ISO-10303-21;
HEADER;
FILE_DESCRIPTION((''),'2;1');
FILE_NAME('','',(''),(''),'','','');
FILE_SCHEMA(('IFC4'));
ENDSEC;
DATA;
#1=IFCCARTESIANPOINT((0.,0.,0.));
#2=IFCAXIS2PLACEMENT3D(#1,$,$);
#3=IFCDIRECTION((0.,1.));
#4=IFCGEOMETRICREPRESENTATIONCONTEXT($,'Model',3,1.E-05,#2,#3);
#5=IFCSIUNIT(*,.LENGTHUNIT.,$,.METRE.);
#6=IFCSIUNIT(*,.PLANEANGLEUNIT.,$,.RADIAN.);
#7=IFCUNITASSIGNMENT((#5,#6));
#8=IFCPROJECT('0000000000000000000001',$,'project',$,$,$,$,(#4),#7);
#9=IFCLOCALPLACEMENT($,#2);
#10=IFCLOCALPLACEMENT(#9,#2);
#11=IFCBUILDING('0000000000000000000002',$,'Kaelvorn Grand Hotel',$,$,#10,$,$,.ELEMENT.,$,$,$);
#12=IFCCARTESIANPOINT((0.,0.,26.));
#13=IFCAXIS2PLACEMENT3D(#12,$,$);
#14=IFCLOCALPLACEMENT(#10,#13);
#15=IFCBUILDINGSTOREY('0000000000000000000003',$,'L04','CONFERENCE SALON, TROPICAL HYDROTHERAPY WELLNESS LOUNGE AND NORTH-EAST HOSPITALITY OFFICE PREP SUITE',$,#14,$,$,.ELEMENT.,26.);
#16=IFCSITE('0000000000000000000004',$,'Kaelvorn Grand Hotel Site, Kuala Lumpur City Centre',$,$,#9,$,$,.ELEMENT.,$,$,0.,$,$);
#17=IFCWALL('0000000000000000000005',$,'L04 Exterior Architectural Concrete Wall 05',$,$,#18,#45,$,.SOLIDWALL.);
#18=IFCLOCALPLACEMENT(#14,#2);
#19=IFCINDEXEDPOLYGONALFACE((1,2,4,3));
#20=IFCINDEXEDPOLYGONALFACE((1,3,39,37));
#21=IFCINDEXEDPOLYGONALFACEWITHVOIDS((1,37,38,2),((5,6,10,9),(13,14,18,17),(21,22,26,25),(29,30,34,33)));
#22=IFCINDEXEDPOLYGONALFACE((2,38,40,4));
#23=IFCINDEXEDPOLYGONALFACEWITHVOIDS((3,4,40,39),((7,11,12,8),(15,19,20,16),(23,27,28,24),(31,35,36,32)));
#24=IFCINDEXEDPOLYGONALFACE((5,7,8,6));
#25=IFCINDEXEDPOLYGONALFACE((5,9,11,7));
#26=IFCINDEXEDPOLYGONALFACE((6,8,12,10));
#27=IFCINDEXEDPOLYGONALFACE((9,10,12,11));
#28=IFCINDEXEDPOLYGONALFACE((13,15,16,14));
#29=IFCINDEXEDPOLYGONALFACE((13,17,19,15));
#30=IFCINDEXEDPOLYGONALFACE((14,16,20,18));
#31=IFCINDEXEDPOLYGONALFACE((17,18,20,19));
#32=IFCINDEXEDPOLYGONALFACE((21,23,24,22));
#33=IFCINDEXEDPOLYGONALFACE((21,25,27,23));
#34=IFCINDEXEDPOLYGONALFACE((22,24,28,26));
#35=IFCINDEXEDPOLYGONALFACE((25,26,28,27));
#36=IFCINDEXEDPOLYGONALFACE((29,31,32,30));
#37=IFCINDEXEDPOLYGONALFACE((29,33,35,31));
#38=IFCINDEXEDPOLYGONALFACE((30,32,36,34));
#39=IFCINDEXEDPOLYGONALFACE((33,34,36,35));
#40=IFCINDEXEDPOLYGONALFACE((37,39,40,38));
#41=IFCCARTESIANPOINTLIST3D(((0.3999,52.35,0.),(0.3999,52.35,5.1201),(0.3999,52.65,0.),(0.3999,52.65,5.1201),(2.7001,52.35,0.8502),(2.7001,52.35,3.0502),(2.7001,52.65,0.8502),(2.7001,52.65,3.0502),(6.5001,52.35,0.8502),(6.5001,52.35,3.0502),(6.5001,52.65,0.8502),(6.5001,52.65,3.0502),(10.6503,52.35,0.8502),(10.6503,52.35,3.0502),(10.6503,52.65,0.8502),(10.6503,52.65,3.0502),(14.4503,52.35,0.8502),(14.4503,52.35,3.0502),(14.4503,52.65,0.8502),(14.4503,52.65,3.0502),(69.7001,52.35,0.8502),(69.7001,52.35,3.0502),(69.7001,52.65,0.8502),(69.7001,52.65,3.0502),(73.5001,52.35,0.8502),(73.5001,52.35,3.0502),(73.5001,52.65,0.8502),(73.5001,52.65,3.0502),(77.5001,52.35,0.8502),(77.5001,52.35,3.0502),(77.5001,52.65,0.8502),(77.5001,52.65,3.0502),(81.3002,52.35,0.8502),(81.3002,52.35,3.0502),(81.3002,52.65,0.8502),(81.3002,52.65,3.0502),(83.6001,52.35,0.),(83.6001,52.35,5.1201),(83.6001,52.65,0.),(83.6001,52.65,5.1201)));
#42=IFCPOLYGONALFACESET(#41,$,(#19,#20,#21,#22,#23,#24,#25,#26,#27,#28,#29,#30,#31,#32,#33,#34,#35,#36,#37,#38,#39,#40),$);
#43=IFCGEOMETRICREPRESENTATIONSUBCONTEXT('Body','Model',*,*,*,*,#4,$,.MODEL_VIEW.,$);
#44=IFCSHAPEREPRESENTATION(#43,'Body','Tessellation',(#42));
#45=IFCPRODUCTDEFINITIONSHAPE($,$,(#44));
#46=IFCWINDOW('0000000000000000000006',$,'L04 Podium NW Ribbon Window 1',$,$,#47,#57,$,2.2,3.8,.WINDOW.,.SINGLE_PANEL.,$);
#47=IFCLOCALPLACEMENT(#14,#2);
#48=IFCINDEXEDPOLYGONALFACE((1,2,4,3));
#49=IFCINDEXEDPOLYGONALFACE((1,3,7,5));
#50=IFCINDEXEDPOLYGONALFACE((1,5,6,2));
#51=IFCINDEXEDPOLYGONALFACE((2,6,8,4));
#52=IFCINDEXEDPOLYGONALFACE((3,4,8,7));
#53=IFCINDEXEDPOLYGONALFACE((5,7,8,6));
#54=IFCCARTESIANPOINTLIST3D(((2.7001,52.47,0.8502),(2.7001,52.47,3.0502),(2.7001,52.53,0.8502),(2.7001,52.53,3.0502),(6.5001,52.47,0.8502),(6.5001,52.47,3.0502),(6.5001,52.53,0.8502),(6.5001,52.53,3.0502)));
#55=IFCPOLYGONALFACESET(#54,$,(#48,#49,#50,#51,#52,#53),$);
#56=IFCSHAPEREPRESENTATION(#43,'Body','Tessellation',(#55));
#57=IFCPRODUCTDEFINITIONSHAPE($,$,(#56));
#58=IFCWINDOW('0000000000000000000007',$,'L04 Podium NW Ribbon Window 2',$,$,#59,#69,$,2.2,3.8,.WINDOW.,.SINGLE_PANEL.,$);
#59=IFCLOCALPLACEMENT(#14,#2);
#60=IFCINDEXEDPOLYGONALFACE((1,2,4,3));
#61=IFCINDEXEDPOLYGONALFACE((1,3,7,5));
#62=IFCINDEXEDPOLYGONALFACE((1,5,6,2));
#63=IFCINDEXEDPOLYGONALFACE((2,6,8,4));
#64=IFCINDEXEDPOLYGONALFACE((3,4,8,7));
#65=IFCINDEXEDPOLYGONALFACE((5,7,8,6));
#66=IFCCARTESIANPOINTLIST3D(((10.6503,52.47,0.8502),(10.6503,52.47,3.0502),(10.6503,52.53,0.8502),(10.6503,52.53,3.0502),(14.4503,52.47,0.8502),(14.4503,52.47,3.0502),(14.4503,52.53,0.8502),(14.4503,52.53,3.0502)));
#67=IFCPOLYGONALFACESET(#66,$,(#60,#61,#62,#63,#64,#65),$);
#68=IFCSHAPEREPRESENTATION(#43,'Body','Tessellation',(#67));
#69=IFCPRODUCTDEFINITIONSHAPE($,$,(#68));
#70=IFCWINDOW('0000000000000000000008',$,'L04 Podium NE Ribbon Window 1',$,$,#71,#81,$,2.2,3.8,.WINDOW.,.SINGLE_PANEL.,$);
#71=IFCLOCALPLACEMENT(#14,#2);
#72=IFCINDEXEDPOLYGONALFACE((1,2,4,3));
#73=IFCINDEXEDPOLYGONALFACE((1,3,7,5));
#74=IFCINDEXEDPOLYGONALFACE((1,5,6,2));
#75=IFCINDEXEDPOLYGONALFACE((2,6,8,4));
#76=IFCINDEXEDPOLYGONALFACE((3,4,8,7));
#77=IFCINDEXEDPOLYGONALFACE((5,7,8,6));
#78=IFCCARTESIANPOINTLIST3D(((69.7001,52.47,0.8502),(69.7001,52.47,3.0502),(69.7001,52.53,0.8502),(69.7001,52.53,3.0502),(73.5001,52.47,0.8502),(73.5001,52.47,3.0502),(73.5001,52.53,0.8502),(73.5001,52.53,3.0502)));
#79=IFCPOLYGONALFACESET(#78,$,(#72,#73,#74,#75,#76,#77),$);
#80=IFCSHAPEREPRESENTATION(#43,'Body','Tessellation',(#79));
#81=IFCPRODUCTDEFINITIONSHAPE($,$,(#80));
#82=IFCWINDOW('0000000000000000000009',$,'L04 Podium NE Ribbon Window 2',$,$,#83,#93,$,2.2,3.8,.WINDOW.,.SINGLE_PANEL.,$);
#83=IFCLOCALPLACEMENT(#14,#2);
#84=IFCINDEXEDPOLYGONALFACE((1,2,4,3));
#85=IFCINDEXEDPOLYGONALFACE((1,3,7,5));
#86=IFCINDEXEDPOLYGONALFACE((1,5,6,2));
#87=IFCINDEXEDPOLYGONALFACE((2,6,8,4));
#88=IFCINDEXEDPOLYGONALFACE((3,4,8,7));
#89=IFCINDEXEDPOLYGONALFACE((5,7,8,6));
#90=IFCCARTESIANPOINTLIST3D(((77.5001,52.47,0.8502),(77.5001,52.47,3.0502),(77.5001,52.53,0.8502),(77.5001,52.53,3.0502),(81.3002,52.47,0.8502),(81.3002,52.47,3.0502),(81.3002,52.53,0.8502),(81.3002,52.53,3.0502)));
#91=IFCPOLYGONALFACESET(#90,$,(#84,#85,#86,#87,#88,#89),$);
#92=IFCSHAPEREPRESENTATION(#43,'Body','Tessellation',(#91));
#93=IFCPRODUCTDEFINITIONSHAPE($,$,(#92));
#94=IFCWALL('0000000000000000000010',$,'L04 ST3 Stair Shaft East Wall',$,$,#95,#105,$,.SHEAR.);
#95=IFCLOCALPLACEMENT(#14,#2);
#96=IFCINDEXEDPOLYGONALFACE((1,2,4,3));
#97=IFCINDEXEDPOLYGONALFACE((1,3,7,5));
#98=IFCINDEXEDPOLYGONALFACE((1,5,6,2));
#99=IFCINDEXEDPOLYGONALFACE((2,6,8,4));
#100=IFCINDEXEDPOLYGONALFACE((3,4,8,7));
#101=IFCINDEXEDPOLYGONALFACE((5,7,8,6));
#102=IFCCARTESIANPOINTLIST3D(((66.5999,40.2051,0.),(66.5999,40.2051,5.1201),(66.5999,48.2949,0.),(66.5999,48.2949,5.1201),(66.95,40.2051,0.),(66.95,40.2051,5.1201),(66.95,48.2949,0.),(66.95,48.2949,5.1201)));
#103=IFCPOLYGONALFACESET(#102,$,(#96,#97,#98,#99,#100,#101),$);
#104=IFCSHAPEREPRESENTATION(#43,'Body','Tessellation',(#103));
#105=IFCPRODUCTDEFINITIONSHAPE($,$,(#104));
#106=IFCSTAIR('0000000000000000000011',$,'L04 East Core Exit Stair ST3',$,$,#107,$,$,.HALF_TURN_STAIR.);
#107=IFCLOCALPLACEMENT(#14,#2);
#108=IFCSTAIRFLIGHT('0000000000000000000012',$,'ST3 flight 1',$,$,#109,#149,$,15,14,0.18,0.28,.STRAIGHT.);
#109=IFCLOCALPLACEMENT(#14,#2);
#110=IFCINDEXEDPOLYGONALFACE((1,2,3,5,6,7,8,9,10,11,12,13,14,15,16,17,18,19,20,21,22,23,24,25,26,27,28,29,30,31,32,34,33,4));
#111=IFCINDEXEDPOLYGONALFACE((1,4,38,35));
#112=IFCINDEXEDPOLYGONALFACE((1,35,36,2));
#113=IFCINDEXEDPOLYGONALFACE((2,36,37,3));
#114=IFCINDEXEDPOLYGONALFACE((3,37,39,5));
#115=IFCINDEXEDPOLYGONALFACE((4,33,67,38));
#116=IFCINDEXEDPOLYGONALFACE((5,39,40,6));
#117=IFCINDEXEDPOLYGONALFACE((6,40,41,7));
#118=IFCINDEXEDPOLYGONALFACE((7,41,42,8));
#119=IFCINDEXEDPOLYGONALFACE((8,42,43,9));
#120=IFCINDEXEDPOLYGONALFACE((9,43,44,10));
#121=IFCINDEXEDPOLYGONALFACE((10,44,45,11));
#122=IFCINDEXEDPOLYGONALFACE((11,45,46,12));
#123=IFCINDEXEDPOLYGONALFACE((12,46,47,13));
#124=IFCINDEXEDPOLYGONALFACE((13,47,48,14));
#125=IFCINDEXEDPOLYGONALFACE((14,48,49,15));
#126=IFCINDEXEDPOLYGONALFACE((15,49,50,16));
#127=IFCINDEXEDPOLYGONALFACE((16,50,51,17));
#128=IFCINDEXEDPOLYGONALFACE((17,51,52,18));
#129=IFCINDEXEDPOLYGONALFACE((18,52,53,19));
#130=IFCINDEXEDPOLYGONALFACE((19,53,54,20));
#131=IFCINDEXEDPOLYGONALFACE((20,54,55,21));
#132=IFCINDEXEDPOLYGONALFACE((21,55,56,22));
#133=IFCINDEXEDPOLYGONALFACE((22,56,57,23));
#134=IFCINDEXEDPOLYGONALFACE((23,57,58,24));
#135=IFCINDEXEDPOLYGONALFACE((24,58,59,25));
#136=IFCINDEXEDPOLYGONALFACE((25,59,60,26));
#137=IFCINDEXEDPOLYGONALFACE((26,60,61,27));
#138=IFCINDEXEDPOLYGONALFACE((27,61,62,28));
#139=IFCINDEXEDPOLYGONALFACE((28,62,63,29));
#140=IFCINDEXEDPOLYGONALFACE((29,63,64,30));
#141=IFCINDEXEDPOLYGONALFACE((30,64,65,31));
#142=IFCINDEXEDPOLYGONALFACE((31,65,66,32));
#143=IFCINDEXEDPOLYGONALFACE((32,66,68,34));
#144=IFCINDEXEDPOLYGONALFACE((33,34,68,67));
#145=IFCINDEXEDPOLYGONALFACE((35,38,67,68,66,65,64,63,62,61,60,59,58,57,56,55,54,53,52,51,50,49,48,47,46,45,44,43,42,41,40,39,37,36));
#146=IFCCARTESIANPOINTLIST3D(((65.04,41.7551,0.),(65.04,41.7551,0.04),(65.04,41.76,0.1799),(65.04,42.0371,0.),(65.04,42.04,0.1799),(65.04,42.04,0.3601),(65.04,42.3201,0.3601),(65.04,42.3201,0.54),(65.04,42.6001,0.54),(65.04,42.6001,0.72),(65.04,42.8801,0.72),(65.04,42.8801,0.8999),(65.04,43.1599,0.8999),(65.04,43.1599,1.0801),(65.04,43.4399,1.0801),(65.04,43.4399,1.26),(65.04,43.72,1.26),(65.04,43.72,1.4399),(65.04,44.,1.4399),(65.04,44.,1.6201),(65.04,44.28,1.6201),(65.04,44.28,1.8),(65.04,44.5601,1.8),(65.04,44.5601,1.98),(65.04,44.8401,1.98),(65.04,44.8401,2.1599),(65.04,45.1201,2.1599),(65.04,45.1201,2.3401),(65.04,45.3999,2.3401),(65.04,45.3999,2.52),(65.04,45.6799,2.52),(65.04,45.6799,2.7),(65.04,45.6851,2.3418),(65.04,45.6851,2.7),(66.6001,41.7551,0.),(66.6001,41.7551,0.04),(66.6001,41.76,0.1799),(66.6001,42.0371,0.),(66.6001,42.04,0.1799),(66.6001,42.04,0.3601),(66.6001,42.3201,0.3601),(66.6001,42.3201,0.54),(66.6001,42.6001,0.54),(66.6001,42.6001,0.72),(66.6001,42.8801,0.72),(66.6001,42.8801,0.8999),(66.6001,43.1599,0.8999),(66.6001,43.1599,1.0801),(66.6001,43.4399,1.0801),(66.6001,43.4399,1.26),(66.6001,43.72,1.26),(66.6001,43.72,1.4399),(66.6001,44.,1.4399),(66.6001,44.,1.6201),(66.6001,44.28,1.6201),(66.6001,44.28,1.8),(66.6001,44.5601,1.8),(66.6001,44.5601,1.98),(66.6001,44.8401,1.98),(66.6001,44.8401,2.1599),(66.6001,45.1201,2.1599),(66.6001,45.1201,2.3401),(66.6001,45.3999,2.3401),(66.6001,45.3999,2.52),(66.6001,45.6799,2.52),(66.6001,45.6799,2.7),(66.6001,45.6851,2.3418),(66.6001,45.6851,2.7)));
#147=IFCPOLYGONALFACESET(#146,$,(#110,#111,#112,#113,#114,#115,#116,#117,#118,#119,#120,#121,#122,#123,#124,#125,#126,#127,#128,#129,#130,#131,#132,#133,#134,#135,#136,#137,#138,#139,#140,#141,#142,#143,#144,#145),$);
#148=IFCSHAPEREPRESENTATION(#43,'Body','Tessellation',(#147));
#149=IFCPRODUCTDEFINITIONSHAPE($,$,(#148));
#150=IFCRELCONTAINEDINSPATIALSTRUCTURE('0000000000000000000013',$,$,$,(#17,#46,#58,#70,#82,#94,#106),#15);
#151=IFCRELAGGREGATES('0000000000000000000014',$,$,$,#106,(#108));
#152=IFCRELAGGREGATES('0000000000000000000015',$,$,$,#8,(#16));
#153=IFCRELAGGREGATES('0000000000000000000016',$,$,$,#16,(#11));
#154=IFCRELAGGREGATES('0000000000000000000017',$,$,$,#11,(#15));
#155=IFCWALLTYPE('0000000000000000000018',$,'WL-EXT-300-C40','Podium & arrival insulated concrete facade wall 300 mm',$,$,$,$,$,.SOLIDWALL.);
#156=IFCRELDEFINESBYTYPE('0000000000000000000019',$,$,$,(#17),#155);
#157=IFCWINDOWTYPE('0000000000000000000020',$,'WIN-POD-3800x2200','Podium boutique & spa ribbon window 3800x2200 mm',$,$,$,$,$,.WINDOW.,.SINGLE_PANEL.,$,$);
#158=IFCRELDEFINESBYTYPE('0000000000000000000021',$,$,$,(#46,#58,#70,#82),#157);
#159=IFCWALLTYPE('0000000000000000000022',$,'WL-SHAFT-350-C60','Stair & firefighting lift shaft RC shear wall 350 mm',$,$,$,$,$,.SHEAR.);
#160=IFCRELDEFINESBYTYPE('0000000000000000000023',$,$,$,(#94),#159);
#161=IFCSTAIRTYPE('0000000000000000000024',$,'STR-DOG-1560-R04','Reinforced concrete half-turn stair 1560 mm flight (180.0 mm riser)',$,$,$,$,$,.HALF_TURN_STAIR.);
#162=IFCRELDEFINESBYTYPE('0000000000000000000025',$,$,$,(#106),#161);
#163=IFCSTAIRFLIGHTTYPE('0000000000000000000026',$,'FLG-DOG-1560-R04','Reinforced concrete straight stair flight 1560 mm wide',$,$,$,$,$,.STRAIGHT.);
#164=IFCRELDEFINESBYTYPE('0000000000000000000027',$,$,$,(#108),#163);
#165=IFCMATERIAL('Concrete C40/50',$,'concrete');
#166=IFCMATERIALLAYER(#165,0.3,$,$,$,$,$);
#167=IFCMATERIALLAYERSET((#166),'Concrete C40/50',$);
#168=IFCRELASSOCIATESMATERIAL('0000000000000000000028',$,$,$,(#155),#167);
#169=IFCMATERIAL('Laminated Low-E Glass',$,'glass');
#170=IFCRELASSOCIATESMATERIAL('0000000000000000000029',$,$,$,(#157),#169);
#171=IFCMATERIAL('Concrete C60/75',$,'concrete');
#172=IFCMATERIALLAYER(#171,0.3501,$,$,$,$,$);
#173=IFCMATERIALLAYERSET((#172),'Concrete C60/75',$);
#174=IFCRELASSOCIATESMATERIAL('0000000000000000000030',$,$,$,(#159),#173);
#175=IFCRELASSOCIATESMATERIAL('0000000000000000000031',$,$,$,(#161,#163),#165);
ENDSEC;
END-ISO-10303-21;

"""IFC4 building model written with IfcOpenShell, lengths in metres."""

from ifc_helpers import new_model, si_unit, direction, frame, frame_2d, origin, place, context, subcontext, project, spatial, polyline, rectangle, outline, extrude, material, layer, layer_set, type_object, element, fill, aggregate, save


model = new_model("IFC4")

# Units and contexts
model_context = context("Model", 3, precision=1e-05, world=origin(), true_north=direction((0.0, 1.0)))
body_context = subcontext(model_context, "Body", "Model", "MODEL_VIEW")
ifc_project = project(units=[si_unit("LENGTHUNIT", "METRE"), si_unit("PLANEANGLEUNIT", "RADIAN")], contexts=[model_context])

# Site, building, storey
site_placement = place(None, origin())
site = spatial("IfcSite", under=ifc_project, at=site_placement, Name="Kaelvorn Grand Hotel Site, Kuala Lumpur City Centre", CompositionType="ELEMENT", RefElevation=0.0)
building_placement = place(site_placement, origin())
building = spatial("IfcBuilding", under=site, at=building_placement, Name="Kaelvorn Grand Hotel", CompositionType="ELEMENT")
storey_placement = place(building_placement, frame((0.0, 0.0, 26.0)))
storey = spatial("IfcBuildingStorey", under=building, at=storey_placement, Name="L04", Description="CONFERENCE SALON, TROPICAL HYDROTHERAPY WELLNESS LOUNGE AND NORTH-EAST HOSPITALITY OFFICE PREP SUITE", CompositionType="ELEMENT", Elevation=26.0)

# Shared definitions
ifc_material_1 = material(Name="Concrete C60/75", Category="concrete")

# Shared definitions
ifc_material_2 = material(Name="Concrete C40/50", Category="concrete")
ifc_layer_1 = layer(ifc_material_2, 0.3)
ifc_layer_set_1 = layer_set([ifc_layer_1], Name="Concrete C40/50")
wall_type_1 = type_object("IfcWallType", Name="WL-EXT-300-C40", Description="Podium & arrival insulated concrete facade wall 300 mm", PredefinedType="SOLIDWALL", material=ifc_layer_set_1)
ifc_material_3 = material(Name="Laminated Low-E Glass", Category="glass")

# Wall, openings, windows
wall_1_placement = place(storey_placement, frame((83.6001, 52.5, 0.0), z_axis=(0.0, 0.0, 1.0), x_axis=(-1.0, 0.0, 0.0)))
wall_1 = element("IfcWall", 1, at=wall_1_placement, inside=storey, type_object=wall_type_1, Name="L04 Exterior Architectural Concrete Wall 05", PredefinedType="SOLIDWALL", context=body_context, shape_type="SweptSolid", body=[
    extrude(rectangle(XDim=83.2002, YDim=0.3, at=frame_2d((41.6001, 0.0))), origin(), (0.0, 0.0, 1.0), 5.1201),
])
opening_1_placement = place(wall_1_placement, frame((77.1001, 0.0, 0.8501)))
opening_1 = element("IfcOpeningElement", 2, at=opening_1_placement, cuts=wall_1, PredefinedType="OPENING", context=body_context, shape_type="SweptSolid", body=[
    extrude(rectangle(XDim=3.8, YDim=2.2, at=frame_2d((1.8999, 1.1001))), frame((0.0, 0.1602, 0.0), z_axis=(0.0, -1.0, 0.0), x_axis=(1.0, 0.0, 0.0)), (0.0, 0.0, 1.0), 0.3201),
])
opening_2_placement = place(wall_1_placement, frame((69.1499, 0.0, 0.8501)))
opening_2 = element("IfcOpeningElement", 3, at=opening_2_placement, cuts=wall_1, PredefinedType="OPENING", context=body_context, shape_type="SweptSolid", body=[
    extrude(rectangle(XDim=3.8, YDim=2.2, at=frame_2d((1.8999, 1.1001))), frame((0.0, 0.1602, 0.0), z_axis=(0.0, -1.0, 0.0), x_axis=(1.0, 0.0, 0.0)), (0.0, 0.0, 1.0), 0.3201),
])
opening_3_placement = place(wall_1_placement, frame((10.1001, 0.0, 0.8501)))
opening_3 = element("IfcOpeningElement", 4, at=opening_3_placement, cuts=wall_1, PredefinedType="OPENING", context=body_context, shape_type="SweptSolid", body=[
    extrude(rectangle(XDim=3.8, YDim=2.2, at=frame_2d((1.8999, 1.1001))), frame((0.0, 0.1602, 0.0), z_axis=(0.0, -1.0, 0.0), x_axis=(1.0, 0.0, 0.0)), (0.0, 0.0, 1.0), 0.3201),
])
opening_4_placement = place(wall_1_placement, frame((2.3, 0.0, 0.8501)))
opening_4 = element("IfcOpeningElement", 5, at=opening_4_placement, cuts=wall_1, PredefinedType="OPENING", context=body_context, shape_type="SweptSolid", body=[
    extrude(rectangle(XDim=3.8, YDim=2.2, at=frame_2d((1.8999, 1.1001))), frame((0.0, 0.1602, 0.0), z_axis=(0.0, -1.0, 0.0), x_axis=(1.0, 0.0, 0.0)), (0.0, 0.0, 1.0), 0.3201),
])
window_type_1 = type_object("IfcWindowType", Name="WIN-POD-3800x2200", Description="Podium boutique & spa ribbon window 3800x2200 mm", PartitioningType="SINGLE_PANEL", PredefinedType="WINDOW", material=ifc_material_3)
window_1_placement = place(opening_1_placement, origin())
window_1 = element("IfcWindow", 6, at=window_1_placement, inside=storey, type_object=window_type_1, Name="L04 Podium NW Ribbon Window 1", OverallHeight=2.2, OverallWidth=3.8, PartitioningType="SINGLE_PANEL", PredefinedType="WINDOW", context=body_context, shape_type="SweptSolid", body=[
    extrude(rectangle(XDim=3.8, YDim=2.2, at=frame_2d((1.8999, 1.1001))), frame((0.0, 0.03, 0.0), z_axis=(0.0, -1.0, 0.0), x_axis=(1.0, 0.0, 0.0)), (0.0, 0.0, 1.0), 0.0601),
])
fill(opening_1, window_1)
window_2_placement = place(opening_2_placement, origin())
window_2 = element("IfcWindow", 7, at=window_2_placement, inside=storey, type_object=window_type_1, Name="L04 Podium NW Ribbon Window 2", OverallHeight=2.2, OverallWidth=3.8, PartitioningType="SINGLE_PANEL", PredefinedType="WINDOW", context=body_context, shape_type="SweptSolid", body=[
    extrude(rectangle(XDim=3.8, YDim=2.2, at=frame_2d((1.8999, 1.1001))), frame((0.0, 0.03, 0.0), z_axis=(0.0, -1.0, 0.0), x_axis=(1.0, 0.0, 0.0)), (0.0, 0.0, 1.0), 0.0601),
])
fill(opening_2, window_2)
window_3_placement = place(opening_3_placement, origin())
window_3 = element("IfcWindow", 8, at=window_3_placement, inside=storey, type_object=window_type_1, Name="L04 Podium NE Ribbon Window 1", OverallHeight=2.2, OverallWidth=3.8, PartitioningType="SINGLE_PANEL", PredefinedType="WINDOW", context=body_context, shape_type="SweptSolid", body=[
    extrude(rectangle(XDim=3.8, YDim=2.2, at=frame_2d((1.8999, 1.1001))), frame((0.0, 0.03, 0.0), z_axis=(0.0, -1.0, 0.0), x_axis=(1.0, 0.0, 0.0)), (0.0, 0.0, 1.0), 0.0601),
])
fill(opening_3, window_3)
window_4_placement = place(opening_4_placement, origin())
window_4 = element("IfcWindow", 9, at=window_4_placement, inside=storey, type_object=window_type_1, Name="L04 Podium NE Ribbon Window 2", OverallHeight=2.2, OverallWidth=3.8, PartitioningType="SINGLE_PANEL", PredefinedType="WINDOW", context=body_context, shape_type="SweptSolid", body=[
    extrude(rectangle(XDim=3.8, YDim=2.2, at=frame_2d((1.8999, 1.1001))), frame((0.0, 0.03, 0.0), z_axis=(0.0, -1.0, 0.0), x_axis=(1.0, 0.0, 0.0)), (0.0, 0.0, 1.0), 0.0601),
])
fill(opening_4, window_4)

# Wall
ifc_layer_2 = layer(ifc_material_1, 0.3501)
ifc_layer_set_2 = layer_set([ifc_layer_2], Name="Concrete C60/75")
wall_type_2 = type_object("IfcWallType", Name="WL-SHAFT-350-C60", Description="Stair & firefighting lift shaft RC shear wall 350 mm", PredefinedType="SHEAR", material=ifc_layer_set_2)
wall_2_placement = place(storey_placement, frame((66.7749, 40.2051, 0.0), z_axis=(0.0, 0.0, 1.0), x_axis=(0.0, 1.0, 0.0)))
element("IfcWall", 10, at=wall_2_placement, inside=storey, type_object=wall_type_2, Name="L04 ST3 Stair Shaft East Wall", PredefinedType="SHEAR", context=body_context, shape_type="SweptSolid", body=[
    extrude(rectangle(XDim=8.0898, YDim=0.3501, at=frame_2d((4.0449, 0.0))), origin(), (0.0, 0.0, 1.0), 5.1201),
])

# Stair, stair flight
stair_type = type_object("IfcStairType", Name="STR-DOG-1560-R04", Description="Reinforced concrete half-turn stair 1560 mm flight (180.0 mm riser)", PredefinedType="HALF_TURN_STAIR", material=ifc_material_2)
stair_placement = place(storey_placement, origin())
stair = element("IfcStair", 11, at=stair_placement, inside=storey, type_object=stair_type, Name="L04 East Core Exit Stair ST3", PredefinedType="HALF_TURN_STAIR")
stair_flight_type = type_object("IfcStairFlightType", Name="FLG-DOG-1560-R04", Description="Reinforced concrete straight stair flight 1560 mm wide", PredefinedType="STRAIGHT", material=ifc_material_2)
stair_flight_1_placement = place(storey_placement, frame((65.8201, 41.76, 0.0), z_axis=(0.0, 0.0, 1.0), x_axis=(0.0, 1.0, 0.0)))
stair_flight_1 = element("IfcStairFlight", 12, at=stair_flight_1_placement, type_object=stair_flight_type, Name="ST3 flight 1", NumberOfRisers=15, NumberOfTreads=14, PredefinedType="STRAIGHT", RiserHeight=0.18, TreadLength=0.28, context=body_context, shape_type="SweptSolid", body=[
    extrude(outline(polyline([(-0.0049, 0.0), (-0.0049, 0.04), (0.0, 0.1799), (0.28, 0.1799), (0.28, 0.3601), (0.5601, 0.3601), (0.5601, 0.54), (0.8401, 0.54), (0.8401, 0.72), (1.1201, 0.72), (1.1201, 0.8999), (1.3999, 0.8999), (1.3999, 1.0801), (1.6799, 1.0801), (1.6799, 1.26), (1.96, 1.26), (1.96, 1.4399), (2.24, 1.4399), (2.24, 1.6201), (2.52, 1.6201), (2.52, 1.8), (2.8, 1.8), (2.8, 1.98), (3.0801, 1.98), (3.0801, 2.1599), (3.3601, 2.1599), (3.3601, 2.3401), (3.6399, 2.3401), (3.6399, 2.52), (3.9199, 2.52), (3.9199, 2.7), (3.925, 2.7), (3.925, 2.3418), (0.2771, 0.0), (-0.0049, 0.0)])), frame((0.0, 0.78, 0.0), z_axis=(0.0, -1.0, 0.0), x_axis=(1.0, 0.0, 0.0)), (0.0, 0.0, 1.0), 1.5601),
])
aggregate(stair, [stair_flight_1])

save(model, "model.ifc")
